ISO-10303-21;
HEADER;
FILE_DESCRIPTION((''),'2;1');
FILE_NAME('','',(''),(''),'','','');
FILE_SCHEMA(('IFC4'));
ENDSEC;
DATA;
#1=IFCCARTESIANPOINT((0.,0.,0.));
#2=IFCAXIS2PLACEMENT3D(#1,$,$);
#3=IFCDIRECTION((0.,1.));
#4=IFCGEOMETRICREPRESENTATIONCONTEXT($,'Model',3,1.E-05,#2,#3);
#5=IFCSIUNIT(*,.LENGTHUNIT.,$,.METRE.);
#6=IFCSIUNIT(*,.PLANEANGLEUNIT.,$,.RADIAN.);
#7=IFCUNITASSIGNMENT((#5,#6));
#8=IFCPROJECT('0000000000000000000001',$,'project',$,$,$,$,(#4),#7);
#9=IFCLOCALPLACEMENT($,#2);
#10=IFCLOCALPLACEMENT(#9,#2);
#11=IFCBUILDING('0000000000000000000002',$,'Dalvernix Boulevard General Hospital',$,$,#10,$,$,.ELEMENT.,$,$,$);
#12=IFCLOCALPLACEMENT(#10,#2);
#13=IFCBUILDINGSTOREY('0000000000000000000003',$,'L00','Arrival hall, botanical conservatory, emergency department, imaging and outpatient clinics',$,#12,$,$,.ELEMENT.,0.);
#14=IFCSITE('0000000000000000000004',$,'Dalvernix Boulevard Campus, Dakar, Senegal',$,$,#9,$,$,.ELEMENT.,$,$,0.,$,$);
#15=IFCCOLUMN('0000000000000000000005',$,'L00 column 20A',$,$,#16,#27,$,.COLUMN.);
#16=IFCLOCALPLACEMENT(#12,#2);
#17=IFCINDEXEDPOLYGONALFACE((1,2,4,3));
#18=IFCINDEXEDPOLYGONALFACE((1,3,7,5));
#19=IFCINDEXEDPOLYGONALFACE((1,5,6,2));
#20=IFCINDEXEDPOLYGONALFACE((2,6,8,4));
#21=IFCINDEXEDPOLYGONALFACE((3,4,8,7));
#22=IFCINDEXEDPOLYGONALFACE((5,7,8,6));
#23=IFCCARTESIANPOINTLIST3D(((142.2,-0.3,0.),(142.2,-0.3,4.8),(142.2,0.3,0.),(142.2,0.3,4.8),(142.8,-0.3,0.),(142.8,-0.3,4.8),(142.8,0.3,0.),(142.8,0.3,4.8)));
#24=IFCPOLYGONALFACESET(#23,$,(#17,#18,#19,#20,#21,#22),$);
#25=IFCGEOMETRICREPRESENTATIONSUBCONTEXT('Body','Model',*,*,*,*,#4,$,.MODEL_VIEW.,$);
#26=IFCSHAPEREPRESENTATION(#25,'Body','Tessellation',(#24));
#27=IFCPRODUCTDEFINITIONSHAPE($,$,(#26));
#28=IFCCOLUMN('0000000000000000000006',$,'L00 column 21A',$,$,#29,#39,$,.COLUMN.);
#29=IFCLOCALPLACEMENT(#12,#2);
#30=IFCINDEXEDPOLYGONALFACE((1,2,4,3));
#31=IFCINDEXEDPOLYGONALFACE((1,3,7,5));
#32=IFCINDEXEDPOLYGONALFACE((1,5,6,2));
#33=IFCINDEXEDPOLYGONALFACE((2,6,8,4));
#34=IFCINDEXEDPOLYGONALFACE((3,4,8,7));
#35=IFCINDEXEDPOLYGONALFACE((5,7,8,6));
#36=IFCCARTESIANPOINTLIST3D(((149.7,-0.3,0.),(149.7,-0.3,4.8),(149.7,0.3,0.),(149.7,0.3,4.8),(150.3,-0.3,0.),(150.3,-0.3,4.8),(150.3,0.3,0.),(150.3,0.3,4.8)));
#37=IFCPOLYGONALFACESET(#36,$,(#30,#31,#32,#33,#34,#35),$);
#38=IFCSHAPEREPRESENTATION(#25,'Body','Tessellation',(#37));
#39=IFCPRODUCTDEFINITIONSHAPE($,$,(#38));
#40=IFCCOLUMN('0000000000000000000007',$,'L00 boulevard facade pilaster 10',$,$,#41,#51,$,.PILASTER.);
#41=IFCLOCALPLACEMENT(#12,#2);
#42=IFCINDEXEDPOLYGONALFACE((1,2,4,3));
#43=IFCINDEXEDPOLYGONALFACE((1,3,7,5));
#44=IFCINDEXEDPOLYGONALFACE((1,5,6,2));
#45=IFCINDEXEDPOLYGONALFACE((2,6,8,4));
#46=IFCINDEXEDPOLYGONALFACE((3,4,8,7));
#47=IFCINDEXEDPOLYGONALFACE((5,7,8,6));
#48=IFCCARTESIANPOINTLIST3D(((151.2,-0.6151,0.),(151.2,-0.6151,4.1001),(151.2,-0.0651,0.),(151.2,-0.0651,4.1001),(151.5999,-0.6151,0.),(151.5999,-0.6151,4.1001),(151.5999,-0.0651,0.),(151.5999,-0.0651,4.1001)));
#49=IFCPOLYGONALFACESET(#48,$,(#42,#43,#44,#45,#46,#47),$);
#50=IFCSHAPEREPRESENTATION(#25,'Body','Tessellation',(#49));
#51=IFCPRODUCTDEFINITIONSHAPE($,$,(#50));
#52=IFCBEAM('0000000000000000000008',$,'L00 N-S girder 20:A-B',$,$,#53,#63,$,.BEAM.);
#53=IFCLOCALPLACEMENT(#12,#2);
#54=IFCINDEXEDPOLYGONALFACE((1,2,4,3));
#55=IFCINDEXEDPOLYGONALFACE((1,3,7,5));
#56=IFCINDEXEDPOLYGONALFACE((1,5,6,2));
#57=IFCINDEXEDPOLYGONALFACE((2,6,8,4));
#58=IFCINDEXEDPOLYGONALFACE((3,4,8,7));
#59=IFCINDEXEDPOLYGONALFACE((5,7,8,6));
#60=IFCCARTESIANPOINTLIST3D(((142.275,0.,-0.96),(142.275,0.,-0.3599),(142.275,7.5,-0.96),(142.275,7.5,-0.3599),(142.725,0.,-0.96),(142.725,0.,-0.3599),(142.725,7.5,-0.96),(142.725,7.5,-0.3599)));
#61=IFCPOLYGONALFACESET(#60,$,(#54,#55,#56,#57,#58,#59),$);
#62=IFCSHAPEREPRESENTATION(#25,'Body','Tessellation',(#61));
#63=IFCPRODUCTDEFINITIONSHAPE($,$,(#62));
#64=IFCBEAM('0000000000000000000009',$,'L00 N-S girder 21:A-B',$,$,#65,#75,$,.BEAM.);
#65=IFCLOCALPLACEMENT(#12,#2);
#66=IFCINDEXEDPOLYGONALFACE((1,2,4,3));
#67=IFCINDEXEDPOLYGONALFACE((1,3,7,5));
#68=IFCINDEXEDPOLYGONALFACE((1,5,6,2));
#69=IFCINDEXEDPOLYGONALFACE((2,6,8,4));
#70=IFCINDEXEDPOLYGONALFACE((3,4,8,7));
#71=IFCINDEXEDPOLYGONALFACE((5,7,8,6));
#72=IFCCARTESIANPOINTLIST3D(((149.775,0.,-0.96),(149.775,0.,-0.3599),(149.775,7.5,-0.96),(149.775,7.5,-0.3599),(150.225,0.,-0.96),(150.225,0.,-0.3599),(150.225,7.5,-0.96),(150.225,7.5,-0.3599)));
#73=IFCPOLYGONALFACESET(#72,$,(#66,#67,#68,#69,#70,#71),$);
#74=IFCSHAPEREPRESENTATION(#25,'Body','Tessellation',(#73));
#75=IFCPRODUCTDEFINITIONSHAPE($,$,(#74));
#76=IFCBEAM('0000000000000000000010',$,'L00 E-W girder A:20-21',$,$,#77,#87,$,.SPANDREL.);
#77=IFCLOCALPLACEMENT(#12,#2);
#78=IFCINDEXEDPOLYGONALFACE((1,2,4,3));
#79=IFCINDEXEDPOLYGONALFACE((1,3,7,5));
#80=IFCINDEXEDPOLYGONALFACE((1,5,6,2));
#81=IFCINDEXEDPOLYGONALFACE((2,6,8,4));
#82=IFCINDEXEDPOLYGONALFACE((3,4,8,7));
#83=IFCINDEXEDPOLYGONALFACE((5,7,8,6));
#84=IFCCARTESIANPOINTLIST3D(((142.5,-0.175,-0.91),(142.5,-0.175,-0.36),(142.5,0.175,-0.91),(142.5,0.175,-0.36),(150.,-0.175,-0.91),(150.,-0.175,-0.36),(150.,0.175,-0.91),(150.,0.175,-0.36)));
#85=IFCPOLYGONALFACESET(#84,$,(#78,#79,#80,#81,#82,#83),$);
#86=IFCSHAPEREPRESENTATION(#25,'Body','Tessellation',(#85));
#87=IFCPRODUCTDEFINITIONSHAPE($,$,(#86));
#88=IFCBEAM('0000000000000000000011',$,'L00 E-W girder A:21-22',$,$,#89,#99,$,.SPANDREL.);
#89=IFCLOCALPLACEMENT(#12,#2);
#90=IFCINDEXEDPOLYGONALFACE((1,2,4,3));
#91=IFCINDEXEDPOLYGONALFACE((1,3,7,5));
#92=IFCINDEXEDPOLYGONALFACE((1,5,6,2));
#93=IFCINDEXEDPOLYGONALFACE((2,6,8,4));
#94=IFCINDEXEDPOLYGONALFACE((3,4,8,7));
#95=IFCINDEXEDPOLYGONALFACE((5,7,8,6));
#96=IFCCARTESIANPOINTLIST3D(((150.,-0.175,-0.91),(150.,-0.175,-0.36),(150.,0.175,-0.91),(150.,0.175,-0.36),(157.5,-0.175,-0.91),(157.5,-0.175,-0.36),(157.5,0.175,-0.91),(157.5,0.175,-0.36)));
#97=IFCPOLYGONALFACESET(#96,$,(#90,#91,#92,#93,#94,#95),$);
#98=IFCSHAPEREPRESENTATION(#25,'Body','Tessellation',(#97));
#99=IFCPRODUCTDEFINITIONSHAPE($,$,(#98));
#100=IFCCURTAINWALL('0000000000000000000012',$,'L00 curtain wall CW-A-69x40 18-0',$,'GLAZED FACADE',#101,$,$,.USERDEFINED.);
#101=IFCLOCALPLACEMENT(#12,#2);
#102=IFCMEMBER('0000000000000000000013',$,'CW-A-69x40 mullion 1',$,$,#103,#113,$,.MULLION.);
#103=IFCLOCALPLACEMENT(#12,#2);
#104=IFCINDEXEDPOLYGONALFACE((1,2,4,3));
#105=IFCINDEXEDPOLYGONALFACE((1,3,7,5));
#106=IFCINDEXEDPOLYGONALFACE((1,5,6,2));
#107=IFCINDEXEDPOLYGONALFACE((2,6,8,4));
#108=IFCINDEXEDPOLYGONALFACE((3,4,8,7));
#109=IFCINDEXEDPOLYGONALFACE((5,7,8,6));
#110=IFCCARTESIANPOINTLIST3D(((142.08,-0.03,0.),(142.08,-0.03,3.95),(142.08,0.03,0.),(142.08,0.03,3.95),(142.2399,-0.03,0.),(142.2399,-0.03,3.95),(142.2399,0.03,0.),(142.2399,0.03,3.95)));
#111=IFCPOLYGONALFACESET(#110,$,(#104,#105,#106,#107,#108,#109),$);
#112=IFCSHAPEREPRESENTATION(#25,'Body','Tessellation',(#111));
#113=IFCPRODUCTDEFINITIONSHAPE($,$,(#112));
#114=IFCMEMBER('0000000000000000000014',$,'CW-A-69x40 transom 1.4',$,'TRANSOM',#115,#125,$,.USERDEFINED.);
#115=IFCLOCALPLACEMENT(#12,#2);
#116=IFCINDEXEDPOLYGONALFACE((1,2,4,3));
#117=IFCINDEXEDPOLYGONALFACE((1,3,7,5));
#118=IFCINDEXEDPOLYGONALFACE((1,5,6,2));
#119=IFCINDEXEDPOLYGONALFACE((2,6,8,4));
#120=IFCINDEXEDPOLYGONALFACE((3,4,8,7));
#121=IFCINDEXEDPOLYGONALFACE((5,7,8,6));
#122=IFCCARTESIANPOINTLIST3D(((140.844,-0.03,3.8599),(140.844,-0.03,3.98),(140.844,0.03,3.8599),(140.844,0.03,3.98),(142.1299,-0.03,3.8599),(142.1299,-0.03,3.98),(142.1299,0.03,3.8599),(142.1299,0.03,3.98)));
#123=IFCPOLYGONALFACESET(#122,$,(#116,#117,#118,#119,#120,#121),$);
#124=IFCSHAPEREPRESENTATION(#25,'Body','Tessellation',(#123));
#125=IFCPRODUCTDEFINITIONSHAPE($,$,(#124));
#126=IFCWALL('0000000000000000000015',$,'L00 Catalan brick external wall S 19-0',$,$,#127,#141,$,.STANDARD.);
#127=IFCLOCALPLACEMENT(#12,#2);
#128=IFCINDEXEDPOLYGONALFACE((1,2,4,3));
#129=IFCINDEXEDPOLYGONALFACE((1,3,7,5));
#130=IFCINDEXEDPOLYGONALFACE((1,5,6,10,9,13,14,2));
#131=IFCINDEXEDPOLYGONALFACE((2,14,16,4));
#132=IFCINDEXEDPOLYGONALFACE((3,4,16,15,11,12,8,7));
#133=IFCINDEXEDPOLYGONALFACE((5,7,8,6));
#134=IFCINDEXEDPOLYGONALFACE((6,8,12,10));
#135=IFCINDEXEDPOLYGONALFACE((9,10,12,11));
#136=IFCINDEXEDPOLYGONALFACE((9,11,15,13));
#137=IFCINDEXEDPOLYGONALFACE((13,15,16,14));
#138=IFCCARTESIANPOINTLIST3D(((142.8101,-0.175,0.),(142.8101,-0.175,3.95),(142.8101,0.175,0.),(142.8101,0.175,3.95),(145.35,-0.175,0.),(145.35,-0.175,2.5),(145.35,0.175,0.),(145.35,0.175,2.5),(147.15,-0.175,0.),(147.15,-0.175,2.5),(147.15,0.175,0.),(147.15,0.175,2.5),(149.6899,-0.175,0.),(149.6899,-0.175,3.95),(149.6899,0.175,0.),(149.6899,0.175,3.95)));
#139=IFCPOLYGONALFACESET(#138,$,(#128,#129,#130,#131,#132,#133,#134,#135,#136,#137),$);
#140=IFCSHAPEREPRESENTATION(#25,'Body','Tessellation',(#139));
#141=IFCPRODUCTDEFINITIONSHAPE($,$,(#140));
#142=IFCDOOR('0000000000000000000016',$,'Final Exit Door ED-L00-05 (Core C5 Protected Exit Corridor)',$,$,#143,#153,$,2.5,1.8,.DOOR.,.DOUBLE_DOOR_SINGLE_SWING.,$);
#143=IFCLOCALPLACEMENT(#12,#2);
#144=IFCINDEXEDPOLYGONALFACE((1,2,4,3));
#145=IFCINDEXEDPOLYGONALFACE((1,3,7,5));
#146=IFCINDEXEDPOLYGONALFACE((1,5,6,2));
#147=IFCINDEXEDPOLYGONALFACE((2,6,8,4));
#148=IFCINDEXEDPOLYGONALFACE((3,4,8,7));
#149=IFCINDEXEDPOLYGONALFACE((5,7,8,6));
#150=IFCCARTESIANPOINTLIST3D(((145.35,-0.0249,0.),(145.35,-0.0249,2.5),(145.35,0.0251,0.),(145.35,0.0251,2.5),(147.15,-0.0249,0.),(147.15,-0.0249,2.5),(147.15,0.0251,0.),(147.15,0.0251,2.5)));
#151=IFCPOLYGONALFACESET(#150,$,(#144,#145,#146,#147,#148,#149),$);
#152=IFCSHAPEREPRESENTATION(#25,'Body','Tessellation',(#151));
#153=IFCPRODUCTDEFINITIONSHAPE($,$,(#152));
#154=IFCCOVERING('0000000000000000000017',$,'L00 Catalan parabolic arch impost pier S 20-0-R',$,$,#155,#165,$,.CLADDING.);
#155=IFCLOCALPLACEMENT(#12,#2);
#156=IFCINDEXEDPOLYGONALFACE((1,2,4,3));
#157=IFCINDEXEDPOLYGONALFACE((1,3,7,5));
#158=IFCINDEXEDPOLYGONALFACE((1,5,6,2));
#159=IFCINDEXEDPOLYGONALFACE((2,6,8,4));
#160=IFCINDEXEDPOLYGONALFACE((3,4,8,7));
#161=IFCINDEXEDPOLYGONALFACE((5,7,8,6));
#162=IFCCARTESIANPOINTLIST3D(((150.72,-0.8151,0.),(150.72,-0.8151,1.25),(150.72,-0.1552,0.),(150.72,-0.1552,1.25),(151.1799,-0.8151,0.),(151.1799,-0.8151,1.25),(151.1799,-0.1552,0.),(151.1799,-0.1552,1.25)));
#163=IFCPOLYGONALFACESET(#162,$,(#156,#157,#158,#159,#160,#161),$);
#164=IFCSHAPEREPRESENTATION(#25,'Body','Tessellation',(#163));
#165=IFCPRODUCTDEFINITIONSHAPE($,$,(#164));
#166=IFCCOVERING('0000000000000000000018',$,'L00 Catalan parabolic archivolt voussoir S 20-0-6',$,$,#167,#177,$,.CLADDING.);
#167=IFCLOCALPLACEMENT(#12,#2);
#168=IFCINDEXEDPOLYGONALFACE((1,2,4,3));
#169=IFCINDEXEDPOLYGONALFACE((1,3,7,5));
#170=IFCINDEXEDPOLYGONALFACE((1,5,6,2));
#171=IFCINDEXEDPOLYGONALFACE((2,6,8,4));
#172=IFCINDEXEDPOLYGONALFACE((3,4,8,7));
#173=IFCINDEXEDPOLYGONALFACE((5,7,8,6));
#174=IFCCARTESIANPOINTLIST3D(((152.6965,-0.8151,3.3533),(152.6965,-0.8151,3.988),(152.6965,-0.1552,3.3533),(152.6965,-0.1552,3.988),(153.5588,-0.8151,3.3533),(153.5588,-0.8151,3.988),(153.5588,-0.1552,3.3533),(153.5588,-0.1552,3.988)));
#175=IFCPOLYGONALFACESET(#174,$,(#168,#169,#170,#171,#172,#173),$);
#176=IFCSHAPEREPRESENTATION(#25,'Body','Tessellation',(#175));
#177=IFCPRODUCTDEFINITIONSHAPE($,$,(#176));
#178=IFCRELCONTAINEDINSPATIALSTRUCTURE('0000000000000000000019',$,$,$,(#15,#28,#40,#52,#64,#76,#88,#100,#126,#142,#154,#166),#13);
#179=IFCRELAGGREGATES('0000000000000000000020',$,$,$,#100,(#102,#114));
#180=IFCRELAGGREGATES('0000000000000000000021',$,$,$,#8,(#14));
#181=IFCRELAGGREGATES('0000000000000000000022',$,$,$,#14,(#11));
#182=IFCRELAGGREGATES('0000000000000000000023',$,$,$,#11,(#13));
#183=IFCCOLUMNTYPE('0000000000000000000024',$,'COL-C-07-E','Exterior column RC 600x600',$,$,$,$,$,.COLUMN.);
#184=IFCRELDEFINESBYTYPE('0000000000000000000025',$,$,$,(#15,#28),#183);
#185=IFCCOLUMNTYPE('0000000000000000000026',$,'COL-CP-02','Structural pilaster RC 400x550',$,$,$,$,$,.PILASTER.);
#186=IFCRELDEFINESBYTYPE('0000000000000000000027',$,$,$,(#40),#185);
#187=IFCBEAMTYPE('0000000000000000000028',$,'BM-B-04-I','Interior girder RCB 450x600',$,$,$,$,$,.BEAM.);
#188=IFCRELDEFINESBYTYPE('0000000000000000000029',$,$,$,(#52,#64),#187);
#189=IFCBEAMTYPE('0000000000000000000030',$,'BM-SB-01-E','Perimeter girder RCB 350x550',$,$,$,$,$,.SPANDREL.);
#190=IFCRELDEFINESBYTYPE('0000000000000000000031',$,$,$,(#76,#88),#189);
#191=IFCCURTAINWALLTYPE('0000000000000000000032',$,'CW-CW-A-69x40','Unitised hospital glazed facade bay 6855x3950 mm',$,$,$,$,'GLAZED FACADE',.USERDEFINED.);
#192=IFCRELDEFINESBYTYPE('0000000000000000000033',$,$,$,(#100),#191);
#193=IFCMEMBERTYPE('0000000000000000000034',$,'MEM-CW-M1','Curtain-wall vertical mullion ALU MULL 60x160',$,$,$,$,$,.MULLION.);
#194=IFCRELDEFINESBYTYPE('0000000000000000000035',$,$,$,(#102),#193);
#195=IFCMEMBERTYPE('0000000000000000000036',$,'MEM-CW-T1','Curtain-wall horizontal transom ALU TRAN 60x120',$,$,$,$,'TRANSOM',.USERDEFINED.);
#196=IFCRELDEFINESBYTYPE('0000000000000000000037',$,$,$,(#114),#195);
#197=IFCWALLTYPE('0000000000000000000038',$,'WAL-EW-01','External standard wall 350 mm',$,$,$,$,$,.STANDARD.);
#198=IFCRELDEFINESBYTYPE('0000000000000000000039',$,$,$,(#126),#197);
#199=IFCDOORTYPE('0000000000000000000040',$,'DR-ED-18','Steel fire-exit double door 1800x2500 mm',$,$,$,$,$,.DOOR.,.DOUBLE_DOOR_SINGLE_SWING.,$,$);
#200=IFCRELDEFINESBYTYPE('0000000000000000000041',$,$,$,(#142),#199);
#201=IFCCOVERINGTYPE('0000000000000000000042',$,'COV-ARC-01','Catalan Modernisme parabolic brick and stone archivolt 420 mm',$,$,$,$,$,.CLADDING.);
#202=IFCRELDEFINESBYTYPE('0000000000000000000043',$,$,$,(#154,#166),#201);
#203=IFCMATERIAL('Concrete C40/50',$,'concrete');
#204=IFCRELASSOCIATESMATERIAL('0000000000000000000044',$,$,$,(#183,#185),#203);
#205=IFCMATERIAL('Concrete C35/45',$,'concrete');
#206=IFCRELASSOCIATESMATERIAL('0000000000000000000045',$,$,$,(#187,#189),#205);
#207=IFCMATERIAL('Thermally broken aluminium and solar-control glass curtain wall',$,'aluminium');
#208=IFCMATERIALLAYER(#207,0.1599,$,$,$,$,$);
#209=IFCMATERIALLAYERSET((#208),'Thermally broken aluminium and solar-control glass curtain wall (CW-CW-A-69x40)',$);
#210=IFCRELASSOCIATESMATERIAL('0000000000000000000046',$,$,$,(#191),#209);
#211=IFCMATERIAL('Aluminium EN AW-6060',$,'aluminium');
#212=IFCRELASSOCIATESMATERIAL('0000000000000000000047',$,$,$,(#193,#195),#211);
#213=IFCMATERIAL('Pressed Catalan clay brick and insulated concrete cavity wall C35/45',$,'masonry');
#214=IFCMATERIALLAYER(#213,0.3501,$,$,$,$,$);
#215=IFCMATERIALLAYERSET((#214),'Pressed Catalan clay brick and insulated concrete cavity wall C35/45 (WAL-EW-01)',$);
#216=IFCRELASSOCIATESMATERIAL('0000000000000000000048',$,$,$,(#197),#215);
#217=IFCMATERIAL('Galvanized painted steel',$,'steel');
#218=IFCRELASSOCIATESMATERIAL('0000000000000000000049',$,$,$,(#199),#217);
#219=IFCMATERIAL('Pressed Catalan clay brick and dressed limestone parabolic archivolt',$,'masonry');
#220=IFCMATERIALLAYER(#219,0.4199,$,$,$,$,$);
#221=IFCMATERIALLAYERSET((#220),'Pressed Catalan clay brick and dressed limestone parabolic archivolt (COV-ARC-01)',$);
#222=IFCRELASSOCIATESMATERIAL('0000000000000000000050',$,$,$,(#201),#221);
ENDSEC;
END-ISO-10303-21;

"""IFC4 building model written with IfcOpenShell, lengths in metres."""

from ifc_helpers import new_model, si_unit, direction, frame, frame_2d, origin, origin_2d, place, context, subcontext, project, spatial, rectangle, extrude, material, layer, layer_set, material_profile, profile_set, type_object, element, fill, aggregate, save


model = new_model("IFC4")

# Units and contexts
model_context = context("Model", 3, precision=1e-05, world=origin(), true_north=direction((0.0, 1.0)))
body_context = subcontext(model_context, "Body", "Model", "MODEL_VIEW")
ifc_project = project(units=[si_unit("LENGTHUNIT", "METRE"), si_unit("PLANEANGLEUNIT", "RADIAN")], contexts=[model_context])

# Site, building, storey
site_placement = place(None, origin())
site = spatial("IfcSite", under=ifc_project, at=site_placement, Name="Dalvernix Boulevard Campus, Dakar, Senegal", CompositionType="ELEMENT", RefElevation=0.0)
building_placement = place(site_placement, origin())
building = spatial("IfcBuilding", under=site, at=building_placement, Name="Dalvernix Boulevard General Hospital", CompositionType="ELEMENT")
storey_placement = place(building_placement, origin())
storey = spatial("IfcBuildingStorey", under=building, at=storey_placement, Name="L00", Description="Arrival hall, botanical conservatory, emergency department, imaging and outpatient clinics", CompositionType="ELEMENT", Elevation=0.0)

# Columns
ifc_material_1 = material(Name="Concrete C40/50", Category="concrete")
ifc_material_profile_1 = material_profile(ifc_material_1, rectangle(XDim=0.6001, YDim=0.6001, at=origin_2d()), Name="RC 600x600")
ifc_profile_set_1 = profile_set([ifc_material_profile_1], Name="Concrete C40/50")
column_type_1 = type_object("IfcColumnType", Name="COL-C-07-E", Description="Exterior column RC 600x600", PredefinedType="COLUMN", material=ifc_profile_set_1)
for number, where, z_axis, x_axis, name in (
    (1, (142.5, 0.0, 0.0), (0.0, 0.0, 1.0), (1.0, 0.0, 0.0), "L00 column 20A"),
    (2, (150.0, 0.0, 0.0), (0.0, 0.0, 1.0), (1.0, 0.0, 0.0), "L00 column 21A"),
):
    element("IfcColumn", number, at=place(storey_placement, frame(where, z_axis=z_axis, x_axis=x_axis)), inside=storey, type_object=column_type_1, Name=name, PredefinedType="COLUMN", context=body_context, shape_type="SweptSolid", body=[
        extrude(rectangle(XDim=0.6001, YDim=0.6001, at=origin_2d()), origin(), (0.0, 0.0, 1.0), 4.8),
    ])
ifc_material_profile_2 = material_profile(ifc_material_1, rectangle(XDim=0.3999, YDim=0.55, at=origin_2d()), Name="RC 400x550")
ifc_profile_set_2 = profile_set([ifc_material_profile_2], Name="Concrete C40/50")
column_type_2 = type_object("IfcColumnType", Name="COL-CP-02", Description="Structural pilaster RC 400x550", PredefinedType="PILASTER", material=ifc_profile_set_2)
column_placement = place(storey_placement, frame((151.3999, -0.3401, 0.0), z_axis=(0.0, 0.0, 1.0), x_axis=(1.0, 0.0, 0.0)))
element("IfcColumn", 3, at=column_placement, inside=storey, type_object=column_type_2, Name="L00 boulevard facade pilaster 10", PredefinedType="PILASTER", context=body_context, shape_type="SweptSolid", body=[
    extrude(rectangle(XDim=0.3999, YDim=0.55, at=origin_2d()), origin(), (0.0, 0.0, 1.0), 4.1001),
])

# Beams
ifc_material_2 = material(Name="Concrete C35/45", Category="concrete")
ifc_material_profile_3 = material_profile(ifc_material_2, rectangle(XDim=0.45, YDim=0.6001, at=origin_2d()), Name="RCB 450x600")
ifc_profile_set_3 = profile_set([ifc_material_profile_3], Name="Concrete C35/45")
beam_type_1 = type_object("IfcBeamType", Name="BM-B-04-I", Description="Interior girder RCB 450x600", PredefinedType="BEAM", material=ifc_profile_set_3)
for number, where, z_axis, x_axis, name in (
    (4, (142.5, 0.0, -0.6599), (0.0, 1.0, 0.0), (-1.0, 0.0, 0.0), "L00 N-S girder 20:A-B"),
    (5, (150.0, 0.0, -0.6599), (0.0, 1.0, 0.0), (-1.0, 0.0, 0.0), "L00 N-S girder 21:A-B"),
):
    element("IfcBeam", number, at=place(storey_placement, frame(where, z_axis=z_axis, x_axis=x_axis)), inside=storey, type_object=beam_type_1, Name=name, PredefinedType="BEAM", context=body_context, shape_type="SweptSolid", body=[
        extrude(rectangle(XDim=0.45, YDim=0.6001, at=origin_2d()), origin(), (0.0, 0.0, 1.0), 7.5),
    ])
ifc_material_profile_4 = material_profile(ifc_material_2, rectangle(XDim=0.3501, YDim=0.55, at=origin_2d()), Name="RCB 350x550")
ifc_profile_set_4 = profile_set([ifc_material_profile_4], Name="Concrete C35/45")
beam_type_2 = type_object("IfcBeamType", Name="BM-SB-01-E", Description="Perimeter girder RCB 350x550", PredefinedType="SPANDREL", material=ifc_profile_set_4)
for number, where, z_axis, x_axis, name in (
    (6, (142.5, 0.0, -0.635), (1.0, 0.0, 0.0), (0.0, 1.0, 0.0), "L00 E-W girder A:20-21"),
    (7, (150.0, 0.0, -0.635), (1.0, 0.0, 0.0), (0.0, 1.0, 0.0), "L00 E-W girder A:21-22"),
):
    element("IfcBeam", number, at=place(storey_placement, frame(where, z_axis=z_axis, x_axis=x_axis)), inside=storey, type_object=beam_type_2, Name=name, PredefinedType="SPANDREL", context=body_context, shape_type="SweptSolid", body=[
        extrude(rectangle(XDim=0.3501, YDim=0.55, at=origin_2d()), origin(), (0.0, 0.0, 1.0), 7.5),
    ])

# Curtain wall, members
ifc_material_3 = material(Name="Thermally broken aluminium and solar-control glass curtain wall", Category="aluminium")
ifc_layer_1 = layer(ifc_material_3, 0.1599)
ifc_layer_set_1 = layer_set([ifc_layer_1], Name="Thermally broken aluminium and solar-control glass curtain wall (CW-CW-A-69x40)")
curtain_wall_type = type_object("IfcCurtainWallType", Name="CW-CW-A-69x40", Description="Unitised hospital glazed facade bay 6855x3950 mm", ElementType="GLAZED FACADE", PredefinedType="USERDEFINED", material=ifc_layer_set_1)
curtain_wall_placement = place(storey_placement, origin())
curtain_wall = element("IfcCurtainWall", 8, at=curtain_wall_placement, inside=storey, type_object=curtain_wall_type, Name="L00 curtain wall CW-A-69x40 18-0", ObjectType="GLAZED FACADE", PredefinedType="USERDEFINED")
ifc_material_4 = material(Name="Aluminium EN AW-6060", Category="aluminium")
ifc_material_profile_5 = material_profile(ifc_material_4, rectangle(XDim=0.0601, YDim=0.1599, at=origin_2d()), Name="ALU MULL 60x160")
ifc_profile_set_5 = profile_set([ifc_material_profile_5], Name="Aluminium EN AW-6060")
member_type_1 = type_object("IfcMemberType", Name="MEM-CW-M1", Description="Curtain-wall vertical mullion ALU MULL 60x160", PredefinedType="MULLION", material=ifc_profile_set_5)
member_1_placement = place(storey_placement, frame((142.1599, 0.0, 0.0), z_axis=(0.0, 0.0, 1.0), x_axis=(0.0, -1.0, 0.0)))
member_1 = element("IfcMember", 9, at=member_1_placement, type_object=member_type_1, Name="CW-A-69x40 mullion 1", PredefinedType="MULLION", context=body_context, shape_type="SweptSolid", body=[
    extrude(rectangle(XDim=0.0601, YDim=0.1599, at=origin_2d()), origin(), (0.0, 0.0, 1.0), 3.95),
])
ifc_material_profile_6 = material_profile(ifc_material_4, rectangle(XDim=0.0601, YDim=0.1201, at=origin_2d()), Name="ALU TRAN 60x120")
ifc_profile_set_6 = profile_set([ifc_material_profile_6], Name="Aluminium EN AW-6060")
member_type_2 = type_object("IfcMemberType", Name="MEM-CW-T1", Description="Curtain-wall horizontal transom ALU TRAN 60x120", ElementType="TRANSOM", PredefinedType="USERDEFINED", material=ifc_profile_set_6)
member_2_placement = place(storey_placement, frame((142.1299, 0.0, 3.9199), z_axis=(-1.0, 0.0, 0.0), x_axis=(0.0, -1.0, 0.0)))
member_2 = element("IfcMember", 10, at=member_2_placement, type_object=member_type_2, Name="CW-A-69x40 transom 1.4", ObjectType="TRANSOM", PredefinedType="USERDEFINED", context=body_context, shape_type="SweptSolid", body=[
    extrude(rectangle(XDim=0.0601, YDim=0.1201, at=origin_2d()), origin(), (0.0, 0.0, 1.0), 1.2859),
])
aggregate(curtain_wall, [member_1, member_2])

# Wall, opening, door
ifc_material_5 = material(Name="Pressed Catalan clay brick and insulated concrete cavity wall C35/45", Category="masonry")
ifc_layer_2 = layer(ifc_material_5, 0.3501)
ifc_layer_set_2 = layer_set([ifc_layer_2], Name="Pressed Catalan clay brick and insulated concrete cavity wall C35/45 (WAL-EW-01)")
wall_type = type_object("IfcWallType", Name="WAL-EW-01", Description="External standard wall 350 mm", PredefinedType="STANDARD", material=ifc_layer_set_2)
wall_placement = place(storey_placement, frame((149.6899, 0.0, 0.0), z_axis=(0.0, 0.0, 1.0), x_axis=(-1.0, 0.0, 0.0)))
wall = element("IfcWall", 11, at=wall_placement, inside=storey, type_object=wall_type, Name="L00 Catalan brick external wall S 19-0", PredefinedType="STANDARD", context=body_context, shape_type="SweptSolid", body=[
    extrude(rectangle(XDim=6.8799, YDim=0.3501, at=frame_2d((3.4399, 0.0))), origin(), (0.0, 0.0, 1.0), 3.95),
])
opening_placement = place(wall_placement, frame((2.54, 0.0, 0.0)))
opening = element("IfcOpeningElement", 12, at=opening_placement, cuts=wall, PredefinedType="OPENING", context=body_context, shape_type="SweptSolid", body=[
    extrude(rectangle(XDim=1.8, YDim=2.5, at=frame_2d((0.8999, 1.25))), frame((0.0, 0.1851, 0.0), z_axis=(0.0, -1.0, 0.0), x_axis=(1.0, 0.0, 0.0)), (0.0, 0.0, 1.0), 0.3701),
])
ifc_material_6 = material(Name="Galvanized painted steel", Category="steel")
door_type = type_object("IfcDoorType", Name="DR-ED-18", Description="Steel fire-exit double door 1800x2500 mm", OperationType="DOUBLE_DOOR_SINGLE_SWING", PredefinedType="DOOR", material=ifc_material_6)
door_placement = place(opening_placement, origin())
door = element("IfcDoor", 13, at=door_placement, inside=storey, type_object=door_type, Name="Final Exit Door ED-L00-05 (Core C5 Protected Exit Corridor)", OperationType="DOUBLE_DOOR_SINGLE_SWING", OverallHeight=2.5, OverallWidth=1.8, PredefinedType="DOOR", context=body_context, shape_type="SweptSolid", body=[
    extrude(rectangle(XDim=1.8, YDim=2.5, at=frame_2d((0.8999, 1.25))), frame((0.0, 0.0249, 0.0), z_axis=(0.0, -1.0, 0.0), x_axis=(1.0, 0.0, 0.0)), (0.0, 0.0, 1.0), 0.05),
])
fill(opening, door)

# Coverings
ifc_material_7 = material(Name="Pressed Catalan clay brick and dressed limestone parabolic archivolt", Category="masonry")
ifc_layer_3 = layer(ifc_material_7, 0.4199)
ifc_layer_set_3 = layer_set([ifc_layer_3], Name="Pressed Catalan clay brick and dressed limestone parabolic archivolt (COV-ARC-01)")
covering_type = type_object("IfcCoveringType", Name="COV-ARC-01", Description="Catalan Modernisme parabolic brick and stone archivolt 420 mm", PredefinedType="CLADDING", material=ifc_layer_set_3)
covering_1_placement = place(storey_placement, frame((150.95, -0.4851, 0.0), z_axis=(0.0, 0.0, 1.0), x_axis=(-1.0, 0.0, 0.0)))
element("IfcCovering", 14, at=covering_1_placement, inside=storey, type_object=covering_type, Name="L00 Catalan parabolic arch impost pier S 20-0-R", PredefinedType="CLADDING", context=body_context, shape_type="SweptSolid", body=[
    extrude(rectangle(XDim=0.46, YDim=0.6599, at=origin_2d()), origin(), (0.0, 0.0, 1.0), 1.25),
])
covering_2_placement = place(storey_placement, frame((153.1277, -0.4851, 3.3533), z_axis=(0.0, 0.0, 1.0), x_axis=(-1.0, 0.0, 0.0)))
element("IfcCovering", 15, at=covering_2_placement, inside=storey, type_object=covering_type, Name="L00 Catalan parabolic archivolt voussoir S 20-0-6", PredefinedType="CLADDING", context=body_context, shape_type="SweptSolid", body=[
    extrude(rectangle(XDim=0.8623, YDim=0.6599, at=origin_2d()), origin(), (0.0, 0.0, 1.0), 0.6348),
])

save(model, "model.ifc")
